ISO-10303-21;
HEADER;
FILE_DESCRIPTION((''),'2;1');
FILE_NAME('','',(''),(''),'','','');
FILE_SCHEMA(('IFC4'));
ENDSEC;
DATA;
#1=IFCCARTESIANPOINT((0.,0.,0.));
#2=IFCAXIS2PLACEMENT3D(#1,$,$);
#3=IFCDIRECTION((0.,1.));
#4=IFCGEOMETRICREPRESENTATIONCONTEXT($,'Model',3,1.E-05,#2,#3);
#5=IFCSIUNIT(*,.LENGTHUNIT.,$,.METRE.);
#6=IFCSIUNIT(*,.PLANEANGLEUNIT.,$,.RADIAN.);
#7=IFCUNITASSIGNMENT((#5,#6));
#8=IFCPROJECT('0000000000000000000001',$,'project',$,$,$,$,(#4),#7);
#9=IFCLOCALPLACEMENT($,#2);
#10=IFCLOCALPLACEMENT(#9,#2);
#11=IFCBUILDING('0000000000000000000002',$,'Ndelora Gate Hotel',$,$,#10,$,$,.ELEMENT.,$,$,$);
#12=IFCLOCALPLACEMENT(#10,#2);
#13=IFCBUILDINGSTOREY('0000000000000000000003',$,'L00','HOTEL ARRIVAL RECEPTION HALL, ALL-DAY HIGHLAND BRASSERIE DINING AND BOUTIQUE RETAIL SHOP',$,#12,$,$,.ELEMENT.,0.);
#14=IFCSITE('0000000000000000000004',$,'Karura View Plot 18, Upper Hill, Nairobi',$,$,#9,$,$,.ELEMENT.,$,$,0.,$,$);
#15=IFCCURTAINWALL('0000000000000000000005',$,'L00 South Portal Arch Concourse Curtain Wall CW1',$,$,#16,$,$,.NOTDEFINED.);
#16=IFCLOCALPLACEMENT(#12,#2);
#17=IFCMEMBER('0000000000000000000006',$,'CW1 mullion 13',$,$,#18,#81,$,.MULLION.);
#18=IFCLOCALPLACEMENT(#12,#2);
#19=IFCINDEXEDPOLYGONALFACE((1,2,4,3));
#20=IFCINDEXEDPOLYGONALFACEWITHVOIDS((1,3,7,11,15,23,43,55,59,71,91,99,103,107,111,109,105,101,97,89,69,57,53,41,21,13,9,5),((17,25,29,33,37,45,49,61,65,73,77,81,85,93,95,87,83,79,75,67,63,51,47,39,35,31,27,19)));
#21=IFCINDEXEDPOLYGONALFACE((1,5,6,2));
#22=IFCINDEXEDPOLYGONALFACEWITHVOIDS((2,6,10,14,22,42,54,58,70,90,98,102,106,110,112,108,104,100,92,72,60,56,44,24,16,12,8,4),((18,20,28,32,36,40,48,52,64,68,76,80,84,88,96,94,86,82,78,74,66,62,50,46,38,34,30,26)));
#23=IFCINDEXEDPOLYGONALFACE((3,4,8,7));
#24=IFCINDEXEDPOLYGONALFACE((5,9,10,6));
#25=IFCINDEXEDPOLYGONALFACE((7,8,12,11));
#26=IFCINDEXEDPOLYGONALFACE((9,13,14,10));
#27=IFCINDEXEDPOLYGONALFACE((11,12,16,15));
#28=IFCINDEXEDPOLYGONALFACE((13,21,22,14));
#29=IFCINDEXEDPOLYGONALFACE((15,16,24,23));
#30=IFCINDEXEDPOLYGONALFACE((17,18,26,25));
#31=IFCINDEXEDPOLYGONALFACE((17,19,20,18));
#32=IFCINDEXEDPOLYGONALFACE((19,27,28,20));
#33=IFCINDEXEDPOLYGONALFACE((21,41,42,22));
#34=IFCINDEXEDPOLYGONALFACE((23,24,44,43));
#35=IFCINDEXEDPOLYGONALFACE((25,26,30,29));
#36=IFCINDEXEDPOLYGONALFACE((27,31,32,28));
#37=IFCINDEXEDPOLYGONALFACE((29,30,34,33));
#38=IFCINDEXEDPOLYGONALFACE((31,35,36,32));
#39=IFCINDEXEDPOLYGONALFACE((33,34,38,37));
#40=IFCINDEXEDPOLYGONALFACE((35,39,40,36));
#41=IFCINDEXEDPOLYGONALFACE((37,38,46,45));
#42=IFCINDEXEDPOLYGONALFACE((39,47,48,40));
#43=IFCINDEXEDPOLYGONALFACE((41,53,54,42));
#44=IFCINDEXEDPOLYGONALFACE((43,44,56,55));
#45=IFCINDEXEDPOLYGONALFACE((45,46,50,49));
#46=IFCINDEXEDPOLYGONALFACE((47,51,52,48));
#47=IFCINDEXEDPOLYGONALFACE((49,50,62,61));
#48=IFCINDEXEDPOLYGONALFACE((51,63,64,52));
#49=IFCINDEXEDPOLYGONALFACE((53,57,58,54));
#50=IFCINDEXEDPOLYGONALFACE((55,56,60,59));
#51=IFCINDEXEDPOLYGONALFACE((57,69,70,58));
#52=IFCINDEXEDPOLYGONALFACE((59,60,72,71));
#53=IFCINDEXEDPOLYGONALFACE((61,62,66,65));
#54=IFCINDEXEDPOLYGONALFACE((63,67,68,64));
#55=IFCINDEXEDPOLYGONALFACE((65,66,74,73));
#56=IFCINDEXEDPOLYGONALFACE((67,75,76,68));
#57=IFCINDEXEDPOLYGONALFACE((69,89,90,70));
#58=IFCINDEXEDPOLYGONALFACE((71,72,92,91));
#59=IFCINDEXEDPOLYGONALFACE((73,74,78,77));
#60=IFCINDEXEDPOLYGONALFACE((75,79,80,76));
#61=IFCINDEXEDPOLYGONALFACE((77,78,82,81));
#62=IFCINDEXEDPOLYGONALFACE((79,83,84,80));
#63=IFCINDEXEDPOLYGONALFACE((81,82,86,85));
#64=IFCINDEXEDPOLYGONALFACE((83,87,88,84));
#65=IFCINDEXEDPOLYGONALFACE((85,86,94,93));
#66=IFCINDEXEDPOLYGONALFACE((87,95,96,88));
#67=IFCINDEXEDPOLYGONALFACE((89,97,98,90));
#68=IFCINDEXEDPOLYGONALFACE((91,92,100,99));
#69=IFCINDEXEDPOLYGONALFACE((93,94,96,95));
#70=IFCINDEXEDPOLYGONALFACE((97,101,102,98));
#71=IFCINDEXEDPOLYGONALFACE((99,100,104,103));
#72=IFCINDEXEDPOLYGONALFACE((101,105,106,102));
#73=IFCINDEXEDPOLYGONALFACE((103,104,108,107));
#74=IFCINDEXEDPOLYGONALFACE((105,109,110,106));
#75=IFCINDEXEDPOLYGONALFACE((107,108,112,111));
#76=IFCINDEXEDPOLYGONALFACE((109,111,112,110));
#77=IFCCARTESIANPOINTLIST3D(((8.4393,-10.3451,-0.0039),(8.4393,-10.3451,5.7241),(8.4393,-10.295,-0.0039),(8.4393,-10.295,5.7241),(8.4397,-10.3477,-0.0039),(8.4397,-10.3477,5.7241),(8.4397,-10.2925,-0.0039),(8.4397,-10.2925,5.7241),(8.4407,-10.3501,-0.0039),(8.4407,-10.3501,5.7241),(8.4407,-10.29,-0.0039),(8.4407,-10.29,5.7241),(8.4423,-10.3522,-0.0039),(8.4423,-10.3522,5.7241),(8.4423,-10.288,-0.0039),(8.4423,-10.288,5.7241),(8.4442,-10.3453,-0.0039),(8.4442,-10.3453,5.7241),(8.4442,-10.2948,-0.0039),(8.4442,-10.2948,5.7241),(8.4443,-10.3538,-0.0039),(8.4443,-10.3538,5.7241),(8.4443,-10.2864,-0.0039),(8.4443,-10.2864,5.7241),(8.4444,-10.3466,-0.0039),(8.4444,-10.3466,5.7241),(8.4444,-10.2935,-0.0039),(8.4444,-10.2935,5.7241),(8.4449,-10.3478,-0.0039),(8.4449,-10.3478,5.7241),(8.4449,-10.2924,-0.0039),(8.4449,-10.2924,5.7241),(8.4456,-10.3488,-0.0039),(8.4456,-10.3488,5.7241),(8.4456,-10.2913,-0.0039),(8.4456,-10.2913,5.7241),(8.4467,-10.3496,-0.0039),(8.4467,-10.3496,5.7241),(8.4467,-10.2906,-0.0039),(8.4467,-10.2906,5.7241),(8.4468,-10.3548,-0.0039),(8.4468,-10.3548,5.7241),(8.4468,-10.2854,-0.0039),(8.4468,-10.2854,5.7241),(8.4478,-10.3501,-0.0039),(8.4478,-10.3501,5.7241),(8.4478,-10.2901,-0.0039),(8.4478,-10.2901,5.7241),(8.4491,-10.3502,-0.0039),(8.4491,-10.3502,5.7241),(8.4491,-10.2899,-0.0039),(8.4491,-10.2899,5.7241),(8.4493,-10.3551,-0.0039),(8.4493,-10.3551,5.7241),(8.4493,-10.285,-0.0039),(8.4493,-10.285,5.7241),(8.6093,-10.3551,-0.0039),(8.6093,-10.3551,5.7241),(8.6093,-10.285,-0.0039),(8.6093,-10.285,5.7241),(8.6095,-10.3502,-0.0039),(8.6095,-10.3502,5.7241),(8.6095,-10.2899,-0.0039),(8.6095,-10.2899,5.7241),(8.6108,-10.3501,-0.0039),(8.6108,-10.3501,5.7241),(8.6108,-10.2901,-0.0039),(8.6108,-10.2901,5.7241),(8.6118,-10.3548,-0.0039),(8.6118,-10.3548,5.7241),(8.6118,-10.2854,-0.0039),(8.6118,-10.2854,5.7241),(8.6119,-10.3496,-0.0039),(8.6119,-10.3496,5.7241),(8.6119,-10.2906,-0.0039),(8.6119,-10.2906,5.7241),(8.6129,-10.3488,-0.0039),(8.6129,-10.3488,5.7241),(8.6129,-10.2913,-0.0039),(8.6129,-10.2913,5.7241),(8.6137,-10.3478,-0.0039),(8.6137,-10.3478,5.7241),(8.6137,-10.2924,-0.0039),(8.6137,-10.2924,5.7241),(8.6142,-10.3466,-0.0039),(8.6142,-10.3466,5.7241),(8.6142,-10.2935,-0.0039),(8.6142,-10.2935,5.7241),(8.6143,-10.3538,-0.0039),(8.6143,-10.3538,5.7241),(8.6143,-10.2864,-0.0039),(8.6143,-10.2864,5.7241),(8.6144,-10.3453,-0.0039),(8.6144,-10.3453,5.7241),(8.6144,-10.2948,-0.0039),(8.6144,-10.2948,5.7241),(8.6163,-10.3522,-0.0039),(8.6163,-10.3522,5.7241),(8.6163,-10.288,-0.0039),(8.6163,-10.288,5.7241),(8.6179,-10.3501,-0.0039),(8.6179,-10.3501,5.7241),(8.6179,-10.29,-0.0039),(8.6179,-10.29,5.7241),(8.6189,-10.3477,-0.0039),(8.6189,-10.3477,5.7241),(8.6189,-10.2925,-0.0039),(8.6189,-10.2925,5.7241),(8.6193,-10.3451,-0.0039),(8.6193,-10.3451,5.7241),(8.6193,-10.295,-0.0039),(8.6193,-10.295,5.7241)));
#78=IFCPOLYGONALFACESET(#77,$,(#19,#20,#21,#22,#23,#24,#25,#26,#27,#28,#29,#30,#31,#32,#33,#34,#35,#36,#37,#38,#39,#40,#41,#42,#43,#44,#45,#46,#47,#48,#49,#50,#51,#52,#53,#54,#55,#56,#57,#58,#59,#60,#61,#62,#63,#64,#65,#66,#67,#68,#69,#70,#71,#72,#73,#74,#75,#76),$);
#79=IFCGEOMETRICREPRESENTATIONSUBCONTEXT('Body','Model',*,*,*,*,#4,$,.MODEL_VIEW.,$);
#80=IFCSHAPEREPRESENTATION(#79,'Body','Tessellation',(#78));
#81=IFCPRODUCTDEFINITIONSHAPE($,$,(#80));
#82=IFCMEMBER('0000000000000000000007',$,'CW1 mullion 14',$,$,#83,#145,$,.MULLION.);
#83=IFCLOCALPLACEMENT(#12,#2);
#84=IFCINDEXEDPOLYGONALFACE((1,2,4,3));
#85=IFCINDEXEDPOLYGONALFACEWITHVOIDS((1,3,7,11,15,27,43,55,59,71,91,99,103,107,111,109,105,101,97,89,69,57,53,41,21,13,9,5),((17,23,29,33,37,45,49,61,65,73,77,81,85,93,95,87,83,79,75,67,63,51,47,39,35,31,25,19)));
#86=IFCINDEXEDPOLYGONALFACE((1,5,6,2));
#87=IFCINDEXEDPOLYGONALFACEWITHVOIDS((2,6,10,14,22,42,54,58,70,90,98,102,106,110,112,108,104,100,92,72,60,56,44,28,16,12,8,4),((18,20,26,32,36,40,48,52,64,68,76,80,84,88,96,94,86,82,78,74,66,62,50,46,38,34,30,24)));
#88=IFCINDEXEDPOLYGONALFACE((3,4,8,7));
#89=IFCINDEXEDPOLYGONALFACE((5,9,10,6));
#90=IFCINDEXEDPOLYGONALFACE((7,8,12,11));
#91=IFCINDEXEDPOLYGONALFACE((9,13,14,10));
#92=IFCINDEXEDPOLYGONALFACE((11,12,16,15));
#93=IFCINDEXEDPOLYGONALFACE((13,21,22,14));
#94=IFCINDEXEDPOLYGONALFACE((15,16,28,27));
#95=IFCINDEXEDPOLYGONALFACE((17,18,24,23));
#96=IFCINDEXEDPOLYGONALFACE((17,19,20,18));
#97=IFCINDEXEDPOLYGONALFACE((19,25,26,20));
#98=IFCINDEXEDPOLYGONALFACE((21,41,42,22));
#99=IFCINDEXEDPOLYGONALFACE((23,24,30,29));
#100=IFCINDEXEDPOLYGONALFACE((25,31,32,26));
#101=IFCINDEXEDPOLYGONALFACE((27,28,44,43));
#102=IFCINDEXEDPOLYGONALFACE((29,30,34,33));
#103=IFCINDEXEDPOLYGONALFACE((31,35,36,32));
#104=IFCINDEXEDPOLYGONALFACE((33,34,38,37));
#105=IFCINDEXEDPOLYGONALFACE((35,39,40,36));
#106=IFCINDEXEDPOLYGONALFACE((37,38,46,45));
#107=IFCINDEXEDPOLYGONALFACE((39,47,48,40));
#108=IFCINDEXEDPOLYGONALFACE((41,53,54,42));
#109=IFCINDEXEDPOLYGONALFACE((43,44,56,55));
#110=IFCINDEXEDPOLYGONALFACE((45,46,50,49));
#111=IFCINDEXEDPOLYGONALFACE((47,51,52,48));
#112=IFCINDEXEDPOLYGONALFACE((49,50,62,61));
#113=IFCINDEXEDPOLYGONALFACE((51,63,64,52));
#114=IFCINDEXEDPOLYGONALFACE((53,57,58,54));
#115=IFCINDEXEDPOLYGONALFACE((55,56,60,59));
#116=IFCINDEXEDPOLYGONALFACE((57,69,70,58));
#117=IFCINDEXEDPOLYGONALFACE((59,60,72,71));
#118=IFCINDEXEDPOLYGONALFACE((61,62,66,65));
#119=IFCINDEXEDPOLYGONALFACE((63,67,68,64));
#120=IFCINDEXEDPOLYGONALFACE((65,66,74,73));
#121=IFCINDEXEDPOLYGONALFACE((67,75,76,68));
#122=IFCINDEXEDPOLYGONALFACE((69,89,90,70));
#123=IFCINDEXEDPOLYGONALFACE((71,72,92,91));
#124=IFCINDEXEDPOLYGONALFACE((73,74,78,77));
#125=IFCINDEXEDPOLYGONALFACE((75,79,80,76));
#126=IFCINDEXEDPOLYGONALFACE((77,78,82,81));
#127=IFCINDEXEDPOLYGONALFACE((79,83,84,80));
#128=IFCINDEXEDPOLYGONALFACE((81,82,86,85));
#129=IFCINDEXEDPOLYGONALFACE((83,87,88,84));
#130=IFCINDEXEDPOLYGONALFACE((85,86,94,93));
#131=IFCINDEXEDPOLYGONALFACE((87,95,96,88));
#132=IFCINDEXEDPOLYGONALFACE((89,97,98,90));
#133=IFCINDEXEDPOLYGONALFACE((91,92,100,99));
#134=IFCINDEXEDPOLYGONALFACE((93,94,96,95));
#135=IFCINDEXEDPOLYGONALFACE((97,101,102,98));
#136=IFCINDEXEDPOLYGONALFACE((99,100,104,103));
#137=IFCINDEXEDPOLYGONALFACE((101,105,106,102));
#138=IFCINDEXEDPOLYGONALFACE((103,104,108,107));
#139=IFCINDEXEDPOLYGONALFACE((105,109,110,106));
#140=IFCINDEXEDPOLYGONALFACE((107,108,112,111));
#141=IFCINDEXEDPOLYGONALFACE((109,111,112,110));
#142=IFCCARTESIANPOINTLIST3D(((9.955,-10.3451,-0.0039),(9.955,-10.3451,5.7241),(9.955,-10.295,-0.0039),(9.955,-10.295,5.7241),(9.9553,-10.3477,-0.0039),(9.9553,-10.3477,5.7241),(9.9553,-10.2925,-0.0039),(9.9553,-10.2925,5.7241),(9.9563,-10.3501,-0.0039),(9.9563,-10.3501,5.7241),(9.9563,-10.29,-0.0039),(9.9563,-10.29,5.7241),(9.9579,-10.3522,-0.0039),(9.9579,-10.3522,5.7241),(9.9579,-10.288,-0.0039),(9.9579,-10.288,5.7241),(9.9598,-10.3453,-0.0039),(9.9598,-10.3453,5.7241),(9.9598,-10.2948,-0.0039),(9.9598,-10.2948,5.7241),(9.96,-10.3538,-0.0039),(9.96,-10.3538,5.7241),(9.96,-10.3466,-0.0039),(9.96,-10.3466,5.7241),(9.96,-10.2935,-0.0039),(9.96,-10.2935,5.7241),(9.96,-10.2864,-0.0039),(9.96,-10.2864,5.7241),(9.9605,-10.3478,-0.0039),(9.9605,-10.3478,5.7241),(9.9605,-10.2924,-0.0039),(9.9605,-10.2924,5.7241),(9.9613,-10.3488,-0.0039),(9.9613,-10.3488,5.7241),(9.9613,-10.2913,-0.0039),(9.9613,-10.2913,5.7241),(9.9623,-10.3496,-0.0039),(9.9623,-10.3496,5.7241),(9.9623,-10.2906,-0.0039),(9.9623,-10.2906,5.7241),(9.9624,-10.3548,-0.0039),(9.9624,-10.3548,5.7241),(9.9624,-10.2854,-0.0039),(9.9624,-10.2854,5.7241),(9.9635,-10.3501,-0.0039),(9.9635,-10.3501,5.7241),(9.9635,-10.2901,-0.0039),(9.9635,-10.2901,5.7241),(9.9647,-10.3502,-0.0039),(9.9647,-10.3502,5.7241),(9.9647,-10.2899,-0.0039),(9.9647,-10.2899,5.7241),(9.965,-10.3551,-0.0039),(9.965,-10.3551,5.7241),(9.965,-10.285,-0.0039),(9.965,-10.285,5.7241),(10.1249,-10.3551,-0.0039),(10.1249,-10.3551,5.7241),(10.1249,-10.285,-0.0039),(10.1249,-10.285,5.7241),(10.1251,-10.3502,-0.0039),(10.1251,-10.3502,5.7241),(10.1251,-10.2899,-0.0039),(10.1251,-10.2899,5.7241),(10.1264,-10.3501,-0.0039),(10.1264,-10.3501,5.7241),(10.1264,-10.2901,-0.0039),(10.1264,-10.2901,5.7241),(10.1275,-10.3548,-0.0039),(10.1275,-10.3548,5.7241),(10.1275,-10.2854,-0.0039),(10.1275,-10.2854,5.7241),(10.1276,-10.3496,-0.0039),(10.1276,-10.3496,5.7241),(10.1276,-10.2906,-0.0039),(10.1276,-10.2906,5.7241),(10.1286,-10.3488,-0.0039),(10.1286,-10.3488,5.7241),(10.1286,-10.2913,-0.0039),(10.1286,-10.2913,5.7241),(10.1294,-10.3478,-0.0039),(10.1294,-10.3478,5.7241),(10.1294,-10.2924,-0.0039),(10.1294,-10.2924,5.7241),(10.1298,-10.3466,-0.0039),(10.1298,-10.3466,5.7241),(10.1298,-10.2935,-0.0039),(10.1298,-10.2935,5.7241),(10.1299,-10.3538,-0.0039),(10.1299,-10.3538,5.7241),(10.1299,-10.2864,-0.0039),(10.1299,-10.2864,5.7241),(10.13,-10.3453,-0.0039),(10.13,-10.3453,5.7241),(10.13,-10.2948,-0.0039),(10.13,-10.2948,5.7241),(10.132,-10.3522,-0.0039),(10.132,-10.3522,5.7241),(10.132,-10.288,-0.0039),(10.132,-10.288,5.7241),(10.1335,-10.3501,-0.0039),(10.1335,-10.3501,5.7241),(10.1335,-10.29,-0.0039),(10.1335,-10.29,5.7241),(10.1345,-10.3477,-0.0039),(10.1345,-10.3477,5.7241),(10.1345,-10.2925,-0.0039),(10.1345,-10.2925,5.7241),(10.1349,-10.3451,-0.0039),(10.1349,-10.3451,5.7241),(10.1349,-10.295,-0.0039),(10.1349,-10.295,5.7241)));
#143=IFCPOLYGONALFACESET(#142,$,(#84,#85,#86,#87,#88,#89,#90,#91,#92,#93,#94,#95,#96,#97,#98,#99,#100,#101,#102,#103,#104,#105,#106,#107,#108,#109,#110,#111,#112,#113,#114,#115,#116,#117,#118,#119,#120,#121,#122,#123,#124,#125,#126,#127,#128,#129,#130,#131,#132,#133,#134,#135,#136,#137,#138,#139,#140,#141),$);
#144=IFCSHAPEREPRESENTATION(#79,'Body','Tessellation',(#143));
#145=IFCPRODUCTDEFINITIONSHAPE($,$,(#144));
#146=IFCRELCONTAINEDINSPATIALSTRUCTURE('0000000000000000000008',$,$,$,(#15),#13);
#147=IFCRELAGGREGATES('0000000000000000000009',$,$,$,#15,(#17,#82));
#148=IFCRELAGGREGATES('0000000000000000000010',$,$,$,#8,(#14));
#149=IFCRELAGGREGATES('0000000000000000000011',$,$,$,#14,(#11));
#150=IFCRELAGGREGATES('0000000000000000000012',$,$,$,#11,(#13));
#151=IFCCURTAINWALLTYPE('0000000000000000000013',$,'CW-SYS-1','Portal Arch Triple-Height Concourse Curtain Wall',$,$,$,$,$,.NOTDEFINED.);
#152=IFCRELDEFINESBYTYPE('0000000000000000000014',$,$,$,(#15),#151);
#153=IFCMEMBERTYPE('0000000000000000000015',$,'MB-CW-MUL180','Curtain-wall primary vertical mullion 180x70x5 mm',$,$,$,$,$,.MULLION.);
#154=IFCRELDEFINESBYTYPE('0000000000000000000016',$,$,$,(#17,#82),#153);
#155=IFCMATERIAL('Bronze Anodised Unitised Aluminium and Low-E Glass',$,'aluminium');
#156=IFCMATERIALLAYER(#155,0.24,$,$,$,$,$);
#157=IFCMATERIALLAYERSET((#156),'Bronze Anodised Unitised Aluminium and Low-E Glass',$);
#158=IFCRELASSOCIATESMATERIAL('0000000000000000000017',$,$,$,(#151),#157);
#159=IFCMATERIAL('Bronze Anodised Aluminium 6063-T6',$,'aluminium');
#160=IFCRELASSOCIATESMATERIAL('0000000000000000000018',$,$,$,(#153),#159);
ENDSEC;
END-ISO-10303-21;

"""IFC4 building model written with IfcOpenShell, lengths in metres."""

from ifc_helpers import new_model, si_unit, direction, frame, origin, origin_2d, place, context, subcontext, project, spatial, hollow_rectangle, extrude, material, layer, layer_set, material_profile, profile_set, type_object, element, aggregate, save


model = new_model("IFC4")

# Units and contexts
model_context = context("Model", 3, precision=1e-05, world=origin(), true_north=direction((0.0, 1.0)))
body_context = subcontext(model_context, "Body", "Model", "MODEL_VIEW")
ifc_project = project(units=[si_unit("LENGTHUNIT", "METRE"), si_unit("PLANEANGLEUNIT", "RADIAN")], contexts=[model_context])

# Site, building, storey
site_placement = place(None, origin())
site = spatial("IfcSite", under=ifc_project, at=site_placement, Name="Karura View Plot 18, Upper Hill, Nairobi", CompositionType="ELEMENT", RefElevation=0.0)
building_placement = place(site_placement, origin())
building = spatial("IfcBuilding", under=site, at=building_placement, Name="Ndelora Gate Hotel", CompositionType="ELEMENT")
storey_placement = place(building_placement, origin())
storey = spatial("IfcBuildingStorey", under=building, at=storey_placement, Name="L00", Description="HOTEL ARRIVAL RECEPTION HALL, ALL-DAY HIGHLAND BRASSERIE DINING AND BOUTIQUE RETAIL SHOP", CompositionType="ELEMENT", Elevation=0.0)

# Curtain wall, members
ifc_material_1 = material(Name="Bronze Anodised Unitised Aluminium and Low-E Glass", Category="aluminium")
ifc_layer_1 = layer(ifc_material_1, 0.24)
ifc_layer_set_1 = layer_set([ifc_layer_1], Name="Bronze Anodised Unitised Aluminium and Low-E Glass")
curtain_wall_type = type_object("IfcCurtainWallType", Name="CW-SYS-1", Description="Portal Arch Triple-Height Concourse Curtain Wall", PredefinedType="NOTDEFINED", material=ifc_layer_set_1)
curtain_wall_placement = place(storey_placement, origin())
curtain_wall = element("IfcCurtainWall", 1, at=curtain_wall_placement, inside=storey, type_object=curtain_wall_type, Name="L00 South Portal Arch Concourse Curtain Wall CW1", PredefinedType="NOTDEFINED")
ifc_material_2 = material(Name="Bronze Anodised Aluminium 6063-T6", Category="aluminium")
ifc_material_profile_1 = material_profile(ifc_material_2, hollow_rectangle(XDim=0.0701, YDim=0.1799, WallThickness=0.0049, InnerFilletRadius=0.0049, OuterFilletRadius=0.01, at=origin_2d()), Name="ALU 180x70x5")
ifc_profile_set_1 = profile_set([ifc_material_profile_1], Name="Bronze Anodised Aluminium 6063-T6")
member_type_1 = type_object("IfcMemberType", Name="MB-CW-MUL180", Description="Curtain-wall primary vertical mullion 180x70x5 mm", PredefinedType="MULLION", material=ifc_profile_set_1)
member_1_placement = place(storey_placement, frame((8.5293, -10.3201, -0.0039), z_axis=(0.0, 0.0, 1.0), x_axis=(0.0, 1.0, 0.0)))
member_1 = element("IfcMember", 2, at=member_1_placement, type_object=member_type_1, Name="CW1 mullion 13", PredefinedType="MULLION", context=body_context, shape_type="SweptSolid", body=[
    extrude(hollow_rectangle(XDim=0.0701, YDim=0.1799, WallThickness=0.0049, InnerFilletRadius=0.0049, OuterFilletRadius=0.01, at=origin_2d()), origin(), (0.0, 0.0, 1.0), 5.728),
])
member_2_placement = place(storey_placement, frame((10.0449, -10.3201, -0.0039), z_axis=(0.0, 0.0, 1.0), x_axis=(0.0, 1.0, 0.0)))
member_2 = element("IfcMember", 3, at=member_2_placement, type_object=member_type_1, Name="CW1 mullion 14", PredefinedType="MULLION", context=body_context, shape_type="SweptSolid", body=[
    extrude(hollow_rectangle(XDim=0.0701, YDim=0.1799, WallThickness=0.0049, InnerFilletRadius=0.0049, OuterFilletRadius=0.01, at=origin_2d()), origin(), (0.0, 0.0, 1.0), 5.728),
])
aggregate(curtain_wall, [member_1, member_2])

save(model, "model.ifc")
